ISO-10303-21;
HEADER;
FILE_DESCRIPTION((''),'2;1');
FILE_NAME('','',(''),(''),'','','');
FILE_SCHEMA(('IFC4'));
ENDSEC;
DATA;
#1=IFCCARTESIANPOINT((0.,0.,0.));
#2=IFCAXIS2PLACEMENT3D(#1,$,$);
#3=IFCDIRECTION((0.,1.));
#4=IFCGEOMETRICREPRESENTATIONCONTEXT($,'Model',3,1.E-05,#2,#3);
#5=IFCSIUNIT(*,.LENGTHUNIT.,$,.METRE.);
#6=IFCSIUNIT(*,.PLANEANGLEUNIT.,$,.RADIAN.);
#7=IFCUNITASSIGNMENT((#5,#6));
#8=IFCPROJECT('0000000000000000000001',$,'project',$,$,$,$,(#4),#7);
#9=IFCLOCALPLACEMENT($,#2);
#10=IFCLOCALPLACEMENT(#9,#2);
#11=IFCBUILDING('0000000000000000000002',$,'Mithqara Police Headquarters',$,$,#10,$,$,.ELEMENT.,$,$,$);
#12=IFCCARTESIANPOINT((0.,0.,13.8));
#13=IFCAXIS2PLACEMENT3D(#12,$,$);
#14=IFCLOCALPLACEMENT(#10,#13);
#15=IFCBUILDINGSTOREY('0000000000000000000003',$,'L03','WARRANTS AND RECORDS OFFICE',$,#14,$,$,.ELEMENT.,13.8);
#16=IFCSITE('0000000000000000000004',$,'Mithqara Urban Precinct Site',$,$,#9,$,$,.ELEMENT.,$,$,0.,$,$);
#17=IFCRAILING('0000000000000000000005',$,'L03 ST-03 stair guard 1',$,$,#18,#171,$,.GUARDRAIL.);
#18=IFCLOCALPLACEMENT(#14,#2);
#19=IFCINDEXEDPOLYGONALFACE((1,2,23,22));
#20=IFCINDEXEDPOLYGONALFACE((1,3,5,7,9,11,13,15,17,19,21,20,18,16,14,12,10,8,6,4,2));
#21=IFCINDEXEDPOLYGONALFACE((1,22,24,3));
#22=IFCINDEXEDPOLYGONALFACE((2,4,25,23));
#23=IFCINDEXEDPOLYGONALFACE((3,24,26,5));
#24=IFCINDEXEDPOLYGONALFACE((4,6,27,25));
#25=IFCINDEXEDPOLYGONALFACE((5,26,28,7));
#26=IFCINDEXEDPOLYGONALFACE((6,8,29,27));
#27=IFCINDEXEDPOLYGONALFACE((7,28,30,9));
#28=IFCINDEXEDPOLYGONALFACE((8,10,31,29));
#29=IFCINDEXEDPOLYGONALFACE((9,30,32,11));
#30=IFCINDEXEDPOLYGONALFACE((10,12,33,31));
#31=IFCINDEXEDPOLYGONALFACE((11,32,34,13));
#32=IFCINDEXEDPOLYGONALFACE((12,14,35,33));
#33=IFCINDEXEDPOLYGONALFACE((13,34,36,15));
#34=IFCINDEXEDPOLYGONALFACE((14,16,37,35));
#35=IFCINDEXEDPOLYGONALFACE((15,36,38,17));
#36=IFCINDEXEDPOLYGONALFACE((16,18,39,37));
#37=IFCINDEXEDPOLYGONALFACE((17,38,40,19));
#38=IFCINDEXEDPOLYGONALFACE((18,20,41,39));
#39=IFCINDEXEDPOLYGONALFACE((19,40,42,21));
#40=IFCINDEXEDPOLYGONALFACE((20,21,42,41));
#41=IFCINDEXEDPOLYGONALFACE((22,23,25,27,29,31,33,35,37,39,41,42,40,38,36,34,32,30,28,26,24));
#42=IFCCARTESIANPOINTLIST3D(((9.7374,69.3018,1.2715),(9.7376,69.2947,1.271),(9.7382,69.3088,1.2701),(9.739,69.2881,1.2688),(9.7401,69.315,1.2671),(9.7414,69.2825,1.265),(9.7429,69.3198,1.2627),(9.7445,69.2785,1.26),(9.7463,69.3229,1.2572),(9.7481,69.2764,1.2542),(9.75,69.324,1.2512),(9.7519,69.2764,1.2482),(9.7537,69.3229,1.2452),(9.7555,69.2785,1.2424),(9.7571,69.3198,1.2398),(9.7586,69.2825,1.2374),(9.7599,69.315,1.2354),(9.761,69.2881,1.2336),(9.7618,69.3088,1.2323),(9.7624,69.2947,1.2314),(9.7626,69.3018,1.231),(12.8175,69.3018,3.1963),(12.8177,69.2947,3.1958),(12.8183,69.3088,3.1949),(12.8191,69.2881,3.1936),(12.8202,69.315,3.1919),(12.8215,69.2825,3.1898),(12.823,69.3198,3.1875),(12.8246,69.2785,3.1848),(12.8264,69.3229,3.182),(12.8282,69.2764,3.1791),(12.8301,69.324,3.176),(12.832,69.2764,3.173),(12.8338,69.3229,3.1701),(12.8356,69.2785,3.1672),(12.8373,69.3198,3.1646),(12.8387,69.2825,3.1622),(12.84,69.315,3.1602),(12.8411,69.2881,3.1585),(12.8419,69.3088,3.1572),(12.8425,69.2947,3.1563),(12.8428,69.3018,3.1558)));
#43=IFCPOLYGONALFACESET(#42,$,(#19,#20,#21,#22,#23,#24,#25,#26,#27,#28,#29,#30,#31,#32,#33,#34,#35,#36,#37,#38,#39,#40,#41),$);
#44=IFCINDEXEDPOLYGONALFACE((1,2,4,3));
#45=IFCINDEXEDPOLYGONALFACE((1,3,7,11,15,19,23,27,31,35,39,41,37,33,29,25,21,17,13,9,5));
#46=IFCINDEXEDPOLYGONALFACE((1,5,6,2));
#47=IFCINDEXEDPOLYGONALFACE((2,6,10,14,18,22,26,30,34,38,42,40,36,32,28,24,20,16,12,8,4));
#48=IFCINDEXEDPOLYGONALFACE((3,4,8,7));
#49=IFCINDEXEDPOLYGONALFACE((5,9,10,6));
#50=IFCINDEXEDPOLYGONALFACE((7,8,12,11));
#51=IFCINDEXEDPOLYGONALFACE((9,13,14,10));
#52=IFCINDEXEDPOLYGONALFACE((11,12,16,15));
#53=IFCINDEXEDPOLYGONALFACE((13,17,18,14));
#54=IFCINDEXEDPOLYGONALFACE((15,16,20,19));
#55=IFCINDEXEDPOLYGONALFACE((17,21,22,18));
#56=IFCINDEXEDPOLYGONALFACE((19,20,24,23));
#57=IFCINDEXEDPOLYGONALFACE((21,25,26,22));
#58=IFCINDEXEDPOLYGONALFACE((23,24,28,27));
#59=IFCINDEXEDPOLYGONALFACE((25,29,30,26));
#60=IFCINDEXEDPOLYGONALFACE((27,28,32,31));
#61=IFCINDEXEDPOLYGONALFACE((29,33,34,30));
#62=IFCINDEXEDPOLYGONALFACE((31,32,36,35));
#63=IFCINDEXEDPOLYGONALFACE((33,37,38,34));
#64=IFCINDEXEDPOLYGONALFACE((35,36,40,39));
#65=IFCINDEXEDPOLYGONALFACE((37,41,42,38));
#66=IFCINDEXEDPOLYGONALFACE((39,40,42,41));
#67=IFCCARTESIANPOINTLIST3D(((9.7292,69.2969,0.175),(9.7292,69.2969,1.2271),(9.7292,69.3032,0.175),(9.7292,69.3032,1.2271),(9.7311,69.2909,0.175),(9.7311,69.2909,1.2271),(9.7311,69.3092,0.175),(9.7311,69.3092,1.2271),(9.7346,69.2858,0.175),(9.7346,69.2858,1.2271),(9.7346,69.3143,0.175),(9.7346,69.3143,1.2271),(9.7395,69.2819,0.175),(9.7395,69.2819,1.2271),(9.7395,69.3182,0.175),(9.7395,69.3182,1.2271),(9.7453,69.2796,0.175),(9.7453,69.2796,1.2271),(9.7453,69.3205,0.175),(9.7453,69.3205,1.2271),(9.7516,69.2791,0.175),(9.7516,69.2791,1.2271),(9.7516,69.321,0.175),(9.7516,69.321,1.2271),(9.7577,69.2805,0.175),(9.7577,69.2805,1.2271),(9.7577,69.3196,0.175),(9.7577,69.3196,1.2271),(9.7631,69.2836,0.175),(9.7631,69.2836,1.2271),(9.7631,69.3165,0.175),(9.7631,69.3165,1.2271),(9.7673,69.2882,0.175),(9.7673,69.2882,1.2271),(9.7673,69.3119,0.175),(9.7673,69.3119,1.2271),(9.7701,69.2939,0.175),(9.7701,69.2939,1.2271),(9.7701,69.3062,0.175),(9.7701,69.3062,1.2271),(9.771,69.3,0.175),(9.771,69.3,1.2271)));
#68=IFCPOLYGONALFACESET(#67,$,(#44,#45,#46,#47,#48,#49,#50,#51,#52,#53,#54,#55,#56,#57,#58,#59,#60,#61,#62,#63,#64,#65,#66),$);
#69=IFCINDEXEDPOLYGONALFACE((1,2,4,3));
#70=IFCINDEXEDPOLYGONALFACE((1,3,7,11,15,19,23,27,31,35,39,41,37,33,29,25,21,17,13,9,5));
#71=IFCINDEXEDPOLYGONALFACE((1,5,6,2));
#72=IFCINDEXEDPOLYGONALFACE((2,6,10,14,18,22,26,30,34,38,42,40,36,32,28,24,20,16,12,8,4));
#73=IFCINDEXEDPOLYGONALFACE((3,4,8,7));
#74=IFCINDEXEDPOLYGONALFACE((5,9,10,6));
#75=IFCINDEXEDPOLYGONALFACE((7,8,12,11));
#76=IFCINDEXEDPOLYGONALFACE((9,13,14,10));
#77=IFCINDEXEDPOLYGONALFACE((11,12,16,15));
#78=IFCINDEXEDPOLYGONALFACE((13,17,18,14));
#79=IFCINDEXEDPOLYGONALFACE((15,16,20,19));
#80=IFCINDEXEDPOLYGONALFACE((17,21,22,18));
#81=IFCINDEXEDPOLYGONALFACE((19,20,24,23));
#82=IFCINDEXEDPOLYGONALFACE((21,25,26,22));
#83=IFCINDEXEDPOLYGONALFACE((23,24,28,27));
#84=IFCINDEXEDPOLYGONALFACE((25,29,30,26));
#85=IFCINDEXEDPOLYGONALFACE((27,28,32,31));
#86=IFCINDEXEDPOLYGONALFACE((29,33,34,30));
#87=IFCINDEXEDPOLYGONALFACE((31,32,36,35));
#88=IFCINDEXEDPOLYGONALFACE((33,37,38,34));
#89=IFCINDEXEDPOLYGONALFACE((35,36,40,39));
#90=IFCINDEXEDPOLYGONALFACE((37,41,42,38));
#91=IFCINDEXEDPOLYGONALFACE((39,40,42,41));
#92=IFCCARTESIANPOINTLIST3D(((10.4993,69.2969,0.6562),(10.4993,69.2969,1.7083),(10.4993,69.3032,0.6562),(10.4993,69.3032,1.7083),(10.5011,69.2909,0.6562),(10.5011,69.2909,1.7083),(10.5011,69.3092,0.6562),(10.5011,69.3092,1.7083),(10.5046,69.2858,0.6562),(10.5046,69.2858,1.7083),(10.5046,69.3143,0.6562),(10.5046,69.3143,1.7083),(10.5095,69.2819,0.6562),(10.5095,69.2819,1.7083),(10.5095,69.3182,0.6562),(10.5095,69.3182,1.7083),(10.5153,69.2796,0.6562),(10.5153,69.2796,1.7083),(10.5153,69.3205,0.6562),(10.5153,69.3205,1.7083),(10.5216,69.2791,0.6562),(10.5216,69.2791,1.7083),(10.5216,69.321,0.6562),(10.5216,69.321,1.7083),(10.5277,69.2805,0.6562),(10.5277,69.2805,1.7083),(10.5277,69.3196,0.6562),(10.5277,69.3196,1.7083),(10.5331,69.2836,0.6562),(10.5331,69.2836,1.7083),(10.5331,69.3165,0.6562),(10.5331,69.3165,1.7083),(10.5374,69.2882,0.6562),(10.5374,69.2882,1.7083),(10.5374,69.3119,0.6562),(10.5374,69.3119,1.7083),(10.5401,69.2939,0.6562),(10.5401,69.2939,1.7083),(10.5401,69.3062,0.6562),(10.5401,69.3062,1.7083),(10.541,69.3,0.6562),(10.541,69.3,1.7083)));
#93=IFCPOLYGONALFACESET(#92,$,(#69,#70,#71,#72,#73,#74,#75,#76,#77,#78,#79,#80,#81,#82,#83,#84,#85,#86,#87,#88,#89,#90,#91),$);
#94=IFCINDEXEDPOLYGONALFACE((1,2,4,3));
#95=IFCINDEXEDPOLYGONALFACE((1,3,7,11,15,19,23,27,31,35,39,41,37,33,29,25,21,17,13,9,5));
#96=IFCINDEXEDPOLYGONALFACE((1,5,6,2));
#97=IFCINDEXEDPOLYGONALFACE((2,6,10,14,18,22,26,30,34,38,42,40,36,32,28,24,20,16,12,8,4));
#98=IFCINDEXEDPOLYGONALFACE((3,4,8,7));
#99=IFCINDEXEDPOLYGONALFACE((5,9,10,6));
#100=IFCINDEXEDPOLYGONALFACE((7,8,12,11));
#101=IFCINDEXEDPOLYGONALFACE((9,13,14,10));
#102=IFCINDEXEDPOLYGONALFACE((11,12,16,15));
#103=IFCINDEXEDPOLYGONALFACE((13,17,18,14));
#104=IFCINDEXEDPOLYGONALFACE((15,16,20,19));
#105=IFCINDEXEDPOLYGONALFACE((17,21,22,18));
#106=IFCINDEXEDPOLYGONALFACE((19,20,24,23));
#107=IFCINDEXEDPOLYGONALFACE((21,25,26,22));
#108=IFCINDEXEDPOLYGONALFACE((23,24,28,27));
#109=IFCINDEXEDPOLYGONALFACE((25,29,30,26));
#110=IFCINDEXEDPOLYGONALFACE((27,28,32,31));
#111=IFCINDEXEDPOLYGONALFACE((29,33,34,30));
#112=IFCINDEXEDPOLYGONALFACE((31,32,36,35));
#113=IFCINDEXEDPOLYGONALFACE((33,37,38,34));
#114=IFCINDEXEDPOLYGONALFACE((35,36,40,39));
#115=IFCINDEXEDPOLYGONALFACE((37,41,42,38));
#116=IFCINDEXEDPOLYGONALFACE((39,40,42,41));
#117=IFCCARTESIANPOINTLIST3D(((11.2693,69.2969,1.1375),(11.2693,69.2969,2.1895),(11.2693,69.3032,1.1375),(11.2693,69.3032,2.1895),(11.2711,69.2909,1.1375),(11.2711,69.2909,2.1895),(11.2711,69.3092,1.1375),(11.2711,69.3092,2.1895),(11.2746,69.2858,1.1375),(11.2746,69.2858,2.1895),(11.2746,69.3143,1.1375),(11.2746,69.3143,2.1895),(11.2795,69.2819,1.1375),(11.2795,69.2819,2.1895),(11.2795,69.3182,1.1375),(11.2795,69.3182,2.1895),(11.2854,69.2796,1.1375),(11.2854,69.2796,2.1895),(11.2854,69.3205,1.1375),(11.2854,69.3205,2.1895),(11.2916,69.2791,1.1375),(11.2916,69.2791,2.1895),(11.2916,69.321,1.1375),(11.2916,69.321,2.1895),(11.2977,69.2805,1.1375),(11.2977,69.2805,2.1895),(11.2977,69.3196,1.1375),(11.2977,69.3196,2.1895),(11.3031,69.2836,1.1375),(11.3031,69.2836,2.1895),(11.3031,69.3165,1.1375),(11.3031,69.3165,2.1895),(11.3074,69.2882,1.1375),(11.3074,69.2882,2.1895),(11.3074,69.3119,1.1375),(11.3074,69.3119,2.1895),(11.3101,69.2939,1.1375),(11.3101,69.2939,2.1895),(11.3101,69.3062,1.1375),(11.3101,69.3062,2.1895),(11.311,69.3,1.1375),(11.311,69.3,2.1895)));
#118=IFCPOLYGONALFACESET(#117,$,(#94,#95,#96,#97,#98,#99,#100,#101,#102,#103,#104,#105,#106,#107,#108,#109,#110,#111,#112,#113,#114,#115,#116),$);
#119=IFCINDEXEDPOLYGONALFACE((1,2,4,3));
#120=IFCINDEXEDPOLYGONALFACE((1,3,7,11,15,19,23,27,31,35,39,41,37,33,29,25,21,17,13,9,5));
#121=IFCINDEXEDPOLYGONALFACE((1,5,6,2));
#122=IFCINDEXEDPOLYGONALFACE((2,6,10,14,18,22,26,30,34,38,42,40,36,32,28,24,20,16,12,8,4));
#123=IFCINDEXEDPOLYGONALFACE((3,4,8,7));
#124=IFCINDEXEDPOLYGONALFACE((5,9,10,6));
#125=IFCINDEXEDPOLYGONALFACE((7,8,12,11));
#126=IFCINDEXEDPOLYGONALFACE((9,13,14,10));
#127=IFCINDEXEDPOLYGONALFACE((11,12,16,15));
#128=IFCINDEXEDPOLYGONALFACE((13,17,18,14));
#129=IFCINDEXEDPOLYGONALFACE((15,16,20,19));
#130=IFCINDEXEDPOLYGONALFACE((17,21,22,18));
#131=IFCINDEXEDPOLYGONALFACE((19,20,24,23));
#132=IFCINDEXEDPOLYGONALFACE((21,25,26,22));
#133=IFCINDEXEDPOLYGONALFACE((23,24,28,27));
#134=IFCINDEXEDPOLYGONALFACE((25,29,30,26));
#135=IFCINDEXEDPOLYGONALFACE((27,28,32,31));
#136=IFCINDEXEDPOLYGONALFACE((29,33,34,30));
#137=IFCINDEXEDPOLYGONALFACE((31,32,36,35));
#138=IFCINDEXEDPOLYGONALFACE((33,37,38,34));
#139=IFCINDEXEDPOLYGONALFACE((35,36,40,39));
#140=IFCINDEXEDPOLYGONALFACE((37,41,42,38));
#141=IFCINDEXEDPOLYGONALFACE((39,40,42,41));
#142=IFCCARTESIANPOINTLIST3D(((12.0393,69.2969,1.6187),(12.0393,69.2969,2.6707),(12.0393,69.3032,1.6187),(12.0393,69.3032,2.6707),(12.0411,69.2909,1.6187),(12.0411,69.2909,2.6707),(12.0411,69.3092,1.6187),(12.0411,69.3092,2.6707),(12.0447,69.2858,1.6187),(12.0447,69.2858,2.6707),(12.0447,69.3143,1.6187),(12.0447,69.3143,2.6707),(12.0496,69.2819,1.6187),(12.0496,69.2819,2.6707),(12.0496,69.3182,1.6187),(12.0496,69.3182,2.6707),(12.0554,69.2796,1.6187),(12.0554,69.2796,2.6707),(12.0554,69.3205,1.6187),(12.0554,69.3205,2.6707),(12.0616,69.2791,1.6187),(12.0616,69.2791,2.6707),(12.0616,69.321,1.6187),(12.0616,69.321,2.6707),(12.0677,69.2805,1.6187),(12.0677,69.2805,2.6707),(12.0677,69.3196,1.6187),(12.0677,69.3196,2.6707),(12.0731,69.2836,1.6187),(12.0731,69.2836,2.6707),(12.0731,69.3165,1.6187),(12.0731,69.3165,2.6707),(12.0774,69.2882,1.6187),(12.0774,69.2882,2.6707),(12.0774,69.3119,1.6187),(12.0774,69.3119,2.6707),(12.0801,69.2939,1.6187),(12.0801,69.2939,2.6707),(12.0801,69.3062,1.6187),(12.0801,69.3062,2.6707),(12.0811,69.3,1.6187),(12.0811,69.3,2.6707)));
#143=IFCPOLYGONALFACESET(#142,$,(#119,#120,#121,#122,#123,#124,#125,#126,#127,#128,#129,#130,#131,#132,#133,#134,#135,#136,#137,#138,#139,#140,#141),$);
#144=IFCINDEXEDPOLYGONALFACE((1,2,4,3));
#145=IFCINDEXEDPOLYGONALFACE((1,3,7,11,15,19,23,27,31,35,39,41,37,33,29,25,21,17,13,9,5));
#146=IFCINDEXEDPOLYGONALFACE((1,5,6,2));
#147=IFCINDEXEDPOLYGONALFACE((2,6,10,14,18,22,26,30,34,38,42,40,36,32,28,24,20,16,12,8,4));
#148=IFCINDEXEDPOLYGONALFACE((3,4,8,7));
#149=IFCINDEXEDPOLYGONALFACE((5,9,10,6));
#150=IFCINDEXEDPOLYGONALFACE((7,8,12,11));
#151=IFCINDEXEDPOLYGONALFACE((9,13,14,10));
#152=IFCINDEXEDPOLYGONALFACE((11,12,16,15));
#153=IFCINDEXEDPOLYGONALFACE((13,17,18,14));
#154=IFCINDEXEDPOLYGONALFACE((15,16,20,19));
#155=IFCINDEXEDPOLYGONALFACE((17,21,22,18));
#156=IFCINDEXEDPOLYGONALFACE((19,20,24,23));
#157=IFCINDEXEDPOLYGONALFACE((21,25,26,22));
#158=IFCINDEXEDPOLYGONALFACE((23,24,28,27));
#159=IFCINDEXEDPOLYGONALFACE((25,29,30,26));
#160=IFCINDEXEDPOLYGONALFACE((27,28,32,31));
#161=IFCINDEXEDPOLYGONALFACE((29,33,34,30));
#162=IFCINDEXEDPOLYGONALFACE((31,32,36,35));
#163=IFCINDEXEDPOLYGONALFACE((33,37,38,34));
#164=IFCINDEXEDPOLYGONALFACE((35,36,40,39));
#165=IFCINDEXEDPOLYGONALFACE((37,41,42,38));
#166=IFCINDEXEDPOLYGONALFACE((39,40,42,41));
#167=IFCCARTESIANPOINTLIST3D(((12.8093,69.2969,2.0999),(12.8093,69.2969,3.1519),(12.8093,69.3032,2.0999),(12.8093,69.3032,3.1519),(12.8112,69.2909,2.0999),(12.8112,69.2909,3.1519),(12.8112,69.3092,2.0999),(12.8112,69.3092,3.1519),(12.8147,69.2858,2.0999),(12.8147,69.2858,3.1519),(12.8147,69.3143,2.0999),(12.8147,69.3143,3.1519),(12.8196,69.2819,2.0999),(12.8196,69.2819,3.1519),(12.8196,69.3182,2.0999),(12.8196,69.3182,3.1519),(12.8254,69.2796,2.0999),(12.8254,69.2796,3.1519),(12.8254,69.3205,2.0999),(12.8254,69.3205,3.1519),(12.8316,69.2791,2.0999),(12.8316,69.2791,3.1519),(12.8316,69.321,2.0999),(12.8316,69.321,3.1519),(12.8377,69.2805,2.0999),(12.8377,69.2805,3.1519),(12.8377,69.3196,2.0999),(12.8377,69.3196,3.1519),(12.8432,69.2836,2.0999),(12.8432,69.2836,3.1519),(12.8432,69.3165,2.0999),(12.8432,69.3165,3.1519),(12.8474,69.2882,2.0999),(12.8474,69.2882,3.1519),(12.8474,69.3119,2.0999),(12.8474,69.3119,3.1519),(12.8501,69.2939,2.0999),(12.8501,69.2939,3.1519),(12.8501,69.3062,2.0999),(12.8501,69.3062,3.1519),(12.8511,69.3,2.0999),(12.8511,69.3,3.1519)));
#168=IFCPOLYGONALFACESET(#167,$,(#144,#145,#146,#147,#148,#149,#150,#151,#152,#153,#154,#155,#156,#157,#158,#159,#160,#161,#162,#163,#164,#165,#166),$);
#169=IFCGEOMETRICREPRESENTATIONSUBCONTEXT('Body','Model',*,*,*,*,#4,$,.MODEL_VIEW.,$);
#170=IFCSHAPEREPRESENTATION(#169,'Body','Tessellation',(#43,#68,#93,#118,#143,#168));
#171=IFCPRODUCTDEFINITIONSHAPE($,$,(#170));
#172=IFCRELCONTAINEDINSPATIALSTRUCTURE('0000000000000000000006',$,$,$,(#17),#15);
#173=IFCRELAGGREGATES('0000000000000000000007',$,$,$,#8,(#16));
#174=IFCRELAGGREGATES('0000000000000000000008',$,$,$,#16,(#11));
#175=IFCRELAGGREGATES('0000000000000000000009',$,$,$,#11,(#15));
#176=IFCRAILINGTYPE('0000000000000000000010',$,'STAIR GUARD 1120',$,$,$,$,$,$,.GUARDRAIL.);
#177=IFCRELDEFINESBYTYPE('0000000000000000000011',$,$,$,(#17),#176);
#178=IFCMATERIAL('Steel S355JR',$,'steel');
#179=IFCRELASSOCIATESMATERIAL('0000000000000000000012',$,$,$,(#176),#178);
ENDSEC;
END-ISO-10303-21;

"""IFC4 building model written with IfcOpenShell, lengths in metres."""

from ifc_helpers import new_model, si_unit, direction, frame, origin, origin_2d, place, context, subcontext, project, spatial, circle, extrude, material, type_object, element, save


model = new_model("IFC4")

# Units and contexts
model_context = context("Model", 3, precision=1e-05, world=origin(), true_north=direction((0.0, 1.0)))
body_context = subcontext(model_context, "Body", "Model", "MODEL_VIEW")
ifc_project = project(units=[si_unit("LENGTHUNIT", "METRE"), si_unit("PLANEANGLEUNIT", "RADIAN")], contexts=[model_context])

# Site, building, storey
site_placement = place(None, origin())
site = spatial("IfcSite", under=ifc_project, at=site_placement, Name="Mithqara Urban Precinct Site", CompositionType="ELEMENT", RefElevation=0.0)
building_placement = place(site_placement, origin())
building = spatial("IfcBuilding", under=site, at=building_placement, Name="Mithqara Police Headquarters", CompositionType="ELEMENT")
storey_placement = place(building_placement, frame((0.0, 0.0, 13.8)))
storey = spatial("IfcBuildingStorey", under=building, at=storey_placement, Name="L03", Description="WARRANTS AND RECORDS OFFICE", CompositionType="ELEMENT", Elevation=13.8)

# Shared definitions
ifc_material_1 = material(Name="Steel S355JR", Category="steel")

# Railing
railing_type_1 = type_object("IfcRailingType", Name="STAIR GUARD 1120", PredefinedType="GUARDRAIL", material=ifc_material_1)
railing_1_placement = place(storey_placement, frame((9.75, 69.3, 0.175)))
element("IfcRailing", 1, at=railing_1_placement, inside=storey, type_object=railing_type_1, Name="L03 ST-03 stair guard 1", PredefinedType="GUARDRAIL", context=body_context, shape_type="SweptSolid", body=[
    extrude(circle(Radius=0.0239, at=origin_2d()), frame((0.0, 0.0, 1.0762), z_axis=(0.848029, 0.0, 0.529951), x_axis=(0.0, 1.0, 0.0)), (0.0, 0.0, 1.0), 3.6321),
    extrude(circle(Radius=0.021, at=origin_2d()), origin(), (0.0, 0.0, 1.0), 1.052),
    extrude(circle(Radius=0.021, at=origin_2d()), frame((0.77, 0.0, 0.4812)), (0.0, 0.0, 1.0), 1.052),
    extrude(circle(Radius=0.021, at=origin_2d()), frame((1.54, 0.0, 0.9624)), (0.0, 0.0, 1.0), 1.052),
    extrude(circle(Radius=0.021, at=origin_2d()), frame((2.3101, 0.0, 1.4436)), (0.0, 0.0, 1.0), 1.052),
    extrude(circle(Radius=0.021, at=origin_2d()), frame((3.0801, 0.0, 1.9248)), (0.0, 0.0, 1.0), 1.052),
])

save(model, "model.ifc")
